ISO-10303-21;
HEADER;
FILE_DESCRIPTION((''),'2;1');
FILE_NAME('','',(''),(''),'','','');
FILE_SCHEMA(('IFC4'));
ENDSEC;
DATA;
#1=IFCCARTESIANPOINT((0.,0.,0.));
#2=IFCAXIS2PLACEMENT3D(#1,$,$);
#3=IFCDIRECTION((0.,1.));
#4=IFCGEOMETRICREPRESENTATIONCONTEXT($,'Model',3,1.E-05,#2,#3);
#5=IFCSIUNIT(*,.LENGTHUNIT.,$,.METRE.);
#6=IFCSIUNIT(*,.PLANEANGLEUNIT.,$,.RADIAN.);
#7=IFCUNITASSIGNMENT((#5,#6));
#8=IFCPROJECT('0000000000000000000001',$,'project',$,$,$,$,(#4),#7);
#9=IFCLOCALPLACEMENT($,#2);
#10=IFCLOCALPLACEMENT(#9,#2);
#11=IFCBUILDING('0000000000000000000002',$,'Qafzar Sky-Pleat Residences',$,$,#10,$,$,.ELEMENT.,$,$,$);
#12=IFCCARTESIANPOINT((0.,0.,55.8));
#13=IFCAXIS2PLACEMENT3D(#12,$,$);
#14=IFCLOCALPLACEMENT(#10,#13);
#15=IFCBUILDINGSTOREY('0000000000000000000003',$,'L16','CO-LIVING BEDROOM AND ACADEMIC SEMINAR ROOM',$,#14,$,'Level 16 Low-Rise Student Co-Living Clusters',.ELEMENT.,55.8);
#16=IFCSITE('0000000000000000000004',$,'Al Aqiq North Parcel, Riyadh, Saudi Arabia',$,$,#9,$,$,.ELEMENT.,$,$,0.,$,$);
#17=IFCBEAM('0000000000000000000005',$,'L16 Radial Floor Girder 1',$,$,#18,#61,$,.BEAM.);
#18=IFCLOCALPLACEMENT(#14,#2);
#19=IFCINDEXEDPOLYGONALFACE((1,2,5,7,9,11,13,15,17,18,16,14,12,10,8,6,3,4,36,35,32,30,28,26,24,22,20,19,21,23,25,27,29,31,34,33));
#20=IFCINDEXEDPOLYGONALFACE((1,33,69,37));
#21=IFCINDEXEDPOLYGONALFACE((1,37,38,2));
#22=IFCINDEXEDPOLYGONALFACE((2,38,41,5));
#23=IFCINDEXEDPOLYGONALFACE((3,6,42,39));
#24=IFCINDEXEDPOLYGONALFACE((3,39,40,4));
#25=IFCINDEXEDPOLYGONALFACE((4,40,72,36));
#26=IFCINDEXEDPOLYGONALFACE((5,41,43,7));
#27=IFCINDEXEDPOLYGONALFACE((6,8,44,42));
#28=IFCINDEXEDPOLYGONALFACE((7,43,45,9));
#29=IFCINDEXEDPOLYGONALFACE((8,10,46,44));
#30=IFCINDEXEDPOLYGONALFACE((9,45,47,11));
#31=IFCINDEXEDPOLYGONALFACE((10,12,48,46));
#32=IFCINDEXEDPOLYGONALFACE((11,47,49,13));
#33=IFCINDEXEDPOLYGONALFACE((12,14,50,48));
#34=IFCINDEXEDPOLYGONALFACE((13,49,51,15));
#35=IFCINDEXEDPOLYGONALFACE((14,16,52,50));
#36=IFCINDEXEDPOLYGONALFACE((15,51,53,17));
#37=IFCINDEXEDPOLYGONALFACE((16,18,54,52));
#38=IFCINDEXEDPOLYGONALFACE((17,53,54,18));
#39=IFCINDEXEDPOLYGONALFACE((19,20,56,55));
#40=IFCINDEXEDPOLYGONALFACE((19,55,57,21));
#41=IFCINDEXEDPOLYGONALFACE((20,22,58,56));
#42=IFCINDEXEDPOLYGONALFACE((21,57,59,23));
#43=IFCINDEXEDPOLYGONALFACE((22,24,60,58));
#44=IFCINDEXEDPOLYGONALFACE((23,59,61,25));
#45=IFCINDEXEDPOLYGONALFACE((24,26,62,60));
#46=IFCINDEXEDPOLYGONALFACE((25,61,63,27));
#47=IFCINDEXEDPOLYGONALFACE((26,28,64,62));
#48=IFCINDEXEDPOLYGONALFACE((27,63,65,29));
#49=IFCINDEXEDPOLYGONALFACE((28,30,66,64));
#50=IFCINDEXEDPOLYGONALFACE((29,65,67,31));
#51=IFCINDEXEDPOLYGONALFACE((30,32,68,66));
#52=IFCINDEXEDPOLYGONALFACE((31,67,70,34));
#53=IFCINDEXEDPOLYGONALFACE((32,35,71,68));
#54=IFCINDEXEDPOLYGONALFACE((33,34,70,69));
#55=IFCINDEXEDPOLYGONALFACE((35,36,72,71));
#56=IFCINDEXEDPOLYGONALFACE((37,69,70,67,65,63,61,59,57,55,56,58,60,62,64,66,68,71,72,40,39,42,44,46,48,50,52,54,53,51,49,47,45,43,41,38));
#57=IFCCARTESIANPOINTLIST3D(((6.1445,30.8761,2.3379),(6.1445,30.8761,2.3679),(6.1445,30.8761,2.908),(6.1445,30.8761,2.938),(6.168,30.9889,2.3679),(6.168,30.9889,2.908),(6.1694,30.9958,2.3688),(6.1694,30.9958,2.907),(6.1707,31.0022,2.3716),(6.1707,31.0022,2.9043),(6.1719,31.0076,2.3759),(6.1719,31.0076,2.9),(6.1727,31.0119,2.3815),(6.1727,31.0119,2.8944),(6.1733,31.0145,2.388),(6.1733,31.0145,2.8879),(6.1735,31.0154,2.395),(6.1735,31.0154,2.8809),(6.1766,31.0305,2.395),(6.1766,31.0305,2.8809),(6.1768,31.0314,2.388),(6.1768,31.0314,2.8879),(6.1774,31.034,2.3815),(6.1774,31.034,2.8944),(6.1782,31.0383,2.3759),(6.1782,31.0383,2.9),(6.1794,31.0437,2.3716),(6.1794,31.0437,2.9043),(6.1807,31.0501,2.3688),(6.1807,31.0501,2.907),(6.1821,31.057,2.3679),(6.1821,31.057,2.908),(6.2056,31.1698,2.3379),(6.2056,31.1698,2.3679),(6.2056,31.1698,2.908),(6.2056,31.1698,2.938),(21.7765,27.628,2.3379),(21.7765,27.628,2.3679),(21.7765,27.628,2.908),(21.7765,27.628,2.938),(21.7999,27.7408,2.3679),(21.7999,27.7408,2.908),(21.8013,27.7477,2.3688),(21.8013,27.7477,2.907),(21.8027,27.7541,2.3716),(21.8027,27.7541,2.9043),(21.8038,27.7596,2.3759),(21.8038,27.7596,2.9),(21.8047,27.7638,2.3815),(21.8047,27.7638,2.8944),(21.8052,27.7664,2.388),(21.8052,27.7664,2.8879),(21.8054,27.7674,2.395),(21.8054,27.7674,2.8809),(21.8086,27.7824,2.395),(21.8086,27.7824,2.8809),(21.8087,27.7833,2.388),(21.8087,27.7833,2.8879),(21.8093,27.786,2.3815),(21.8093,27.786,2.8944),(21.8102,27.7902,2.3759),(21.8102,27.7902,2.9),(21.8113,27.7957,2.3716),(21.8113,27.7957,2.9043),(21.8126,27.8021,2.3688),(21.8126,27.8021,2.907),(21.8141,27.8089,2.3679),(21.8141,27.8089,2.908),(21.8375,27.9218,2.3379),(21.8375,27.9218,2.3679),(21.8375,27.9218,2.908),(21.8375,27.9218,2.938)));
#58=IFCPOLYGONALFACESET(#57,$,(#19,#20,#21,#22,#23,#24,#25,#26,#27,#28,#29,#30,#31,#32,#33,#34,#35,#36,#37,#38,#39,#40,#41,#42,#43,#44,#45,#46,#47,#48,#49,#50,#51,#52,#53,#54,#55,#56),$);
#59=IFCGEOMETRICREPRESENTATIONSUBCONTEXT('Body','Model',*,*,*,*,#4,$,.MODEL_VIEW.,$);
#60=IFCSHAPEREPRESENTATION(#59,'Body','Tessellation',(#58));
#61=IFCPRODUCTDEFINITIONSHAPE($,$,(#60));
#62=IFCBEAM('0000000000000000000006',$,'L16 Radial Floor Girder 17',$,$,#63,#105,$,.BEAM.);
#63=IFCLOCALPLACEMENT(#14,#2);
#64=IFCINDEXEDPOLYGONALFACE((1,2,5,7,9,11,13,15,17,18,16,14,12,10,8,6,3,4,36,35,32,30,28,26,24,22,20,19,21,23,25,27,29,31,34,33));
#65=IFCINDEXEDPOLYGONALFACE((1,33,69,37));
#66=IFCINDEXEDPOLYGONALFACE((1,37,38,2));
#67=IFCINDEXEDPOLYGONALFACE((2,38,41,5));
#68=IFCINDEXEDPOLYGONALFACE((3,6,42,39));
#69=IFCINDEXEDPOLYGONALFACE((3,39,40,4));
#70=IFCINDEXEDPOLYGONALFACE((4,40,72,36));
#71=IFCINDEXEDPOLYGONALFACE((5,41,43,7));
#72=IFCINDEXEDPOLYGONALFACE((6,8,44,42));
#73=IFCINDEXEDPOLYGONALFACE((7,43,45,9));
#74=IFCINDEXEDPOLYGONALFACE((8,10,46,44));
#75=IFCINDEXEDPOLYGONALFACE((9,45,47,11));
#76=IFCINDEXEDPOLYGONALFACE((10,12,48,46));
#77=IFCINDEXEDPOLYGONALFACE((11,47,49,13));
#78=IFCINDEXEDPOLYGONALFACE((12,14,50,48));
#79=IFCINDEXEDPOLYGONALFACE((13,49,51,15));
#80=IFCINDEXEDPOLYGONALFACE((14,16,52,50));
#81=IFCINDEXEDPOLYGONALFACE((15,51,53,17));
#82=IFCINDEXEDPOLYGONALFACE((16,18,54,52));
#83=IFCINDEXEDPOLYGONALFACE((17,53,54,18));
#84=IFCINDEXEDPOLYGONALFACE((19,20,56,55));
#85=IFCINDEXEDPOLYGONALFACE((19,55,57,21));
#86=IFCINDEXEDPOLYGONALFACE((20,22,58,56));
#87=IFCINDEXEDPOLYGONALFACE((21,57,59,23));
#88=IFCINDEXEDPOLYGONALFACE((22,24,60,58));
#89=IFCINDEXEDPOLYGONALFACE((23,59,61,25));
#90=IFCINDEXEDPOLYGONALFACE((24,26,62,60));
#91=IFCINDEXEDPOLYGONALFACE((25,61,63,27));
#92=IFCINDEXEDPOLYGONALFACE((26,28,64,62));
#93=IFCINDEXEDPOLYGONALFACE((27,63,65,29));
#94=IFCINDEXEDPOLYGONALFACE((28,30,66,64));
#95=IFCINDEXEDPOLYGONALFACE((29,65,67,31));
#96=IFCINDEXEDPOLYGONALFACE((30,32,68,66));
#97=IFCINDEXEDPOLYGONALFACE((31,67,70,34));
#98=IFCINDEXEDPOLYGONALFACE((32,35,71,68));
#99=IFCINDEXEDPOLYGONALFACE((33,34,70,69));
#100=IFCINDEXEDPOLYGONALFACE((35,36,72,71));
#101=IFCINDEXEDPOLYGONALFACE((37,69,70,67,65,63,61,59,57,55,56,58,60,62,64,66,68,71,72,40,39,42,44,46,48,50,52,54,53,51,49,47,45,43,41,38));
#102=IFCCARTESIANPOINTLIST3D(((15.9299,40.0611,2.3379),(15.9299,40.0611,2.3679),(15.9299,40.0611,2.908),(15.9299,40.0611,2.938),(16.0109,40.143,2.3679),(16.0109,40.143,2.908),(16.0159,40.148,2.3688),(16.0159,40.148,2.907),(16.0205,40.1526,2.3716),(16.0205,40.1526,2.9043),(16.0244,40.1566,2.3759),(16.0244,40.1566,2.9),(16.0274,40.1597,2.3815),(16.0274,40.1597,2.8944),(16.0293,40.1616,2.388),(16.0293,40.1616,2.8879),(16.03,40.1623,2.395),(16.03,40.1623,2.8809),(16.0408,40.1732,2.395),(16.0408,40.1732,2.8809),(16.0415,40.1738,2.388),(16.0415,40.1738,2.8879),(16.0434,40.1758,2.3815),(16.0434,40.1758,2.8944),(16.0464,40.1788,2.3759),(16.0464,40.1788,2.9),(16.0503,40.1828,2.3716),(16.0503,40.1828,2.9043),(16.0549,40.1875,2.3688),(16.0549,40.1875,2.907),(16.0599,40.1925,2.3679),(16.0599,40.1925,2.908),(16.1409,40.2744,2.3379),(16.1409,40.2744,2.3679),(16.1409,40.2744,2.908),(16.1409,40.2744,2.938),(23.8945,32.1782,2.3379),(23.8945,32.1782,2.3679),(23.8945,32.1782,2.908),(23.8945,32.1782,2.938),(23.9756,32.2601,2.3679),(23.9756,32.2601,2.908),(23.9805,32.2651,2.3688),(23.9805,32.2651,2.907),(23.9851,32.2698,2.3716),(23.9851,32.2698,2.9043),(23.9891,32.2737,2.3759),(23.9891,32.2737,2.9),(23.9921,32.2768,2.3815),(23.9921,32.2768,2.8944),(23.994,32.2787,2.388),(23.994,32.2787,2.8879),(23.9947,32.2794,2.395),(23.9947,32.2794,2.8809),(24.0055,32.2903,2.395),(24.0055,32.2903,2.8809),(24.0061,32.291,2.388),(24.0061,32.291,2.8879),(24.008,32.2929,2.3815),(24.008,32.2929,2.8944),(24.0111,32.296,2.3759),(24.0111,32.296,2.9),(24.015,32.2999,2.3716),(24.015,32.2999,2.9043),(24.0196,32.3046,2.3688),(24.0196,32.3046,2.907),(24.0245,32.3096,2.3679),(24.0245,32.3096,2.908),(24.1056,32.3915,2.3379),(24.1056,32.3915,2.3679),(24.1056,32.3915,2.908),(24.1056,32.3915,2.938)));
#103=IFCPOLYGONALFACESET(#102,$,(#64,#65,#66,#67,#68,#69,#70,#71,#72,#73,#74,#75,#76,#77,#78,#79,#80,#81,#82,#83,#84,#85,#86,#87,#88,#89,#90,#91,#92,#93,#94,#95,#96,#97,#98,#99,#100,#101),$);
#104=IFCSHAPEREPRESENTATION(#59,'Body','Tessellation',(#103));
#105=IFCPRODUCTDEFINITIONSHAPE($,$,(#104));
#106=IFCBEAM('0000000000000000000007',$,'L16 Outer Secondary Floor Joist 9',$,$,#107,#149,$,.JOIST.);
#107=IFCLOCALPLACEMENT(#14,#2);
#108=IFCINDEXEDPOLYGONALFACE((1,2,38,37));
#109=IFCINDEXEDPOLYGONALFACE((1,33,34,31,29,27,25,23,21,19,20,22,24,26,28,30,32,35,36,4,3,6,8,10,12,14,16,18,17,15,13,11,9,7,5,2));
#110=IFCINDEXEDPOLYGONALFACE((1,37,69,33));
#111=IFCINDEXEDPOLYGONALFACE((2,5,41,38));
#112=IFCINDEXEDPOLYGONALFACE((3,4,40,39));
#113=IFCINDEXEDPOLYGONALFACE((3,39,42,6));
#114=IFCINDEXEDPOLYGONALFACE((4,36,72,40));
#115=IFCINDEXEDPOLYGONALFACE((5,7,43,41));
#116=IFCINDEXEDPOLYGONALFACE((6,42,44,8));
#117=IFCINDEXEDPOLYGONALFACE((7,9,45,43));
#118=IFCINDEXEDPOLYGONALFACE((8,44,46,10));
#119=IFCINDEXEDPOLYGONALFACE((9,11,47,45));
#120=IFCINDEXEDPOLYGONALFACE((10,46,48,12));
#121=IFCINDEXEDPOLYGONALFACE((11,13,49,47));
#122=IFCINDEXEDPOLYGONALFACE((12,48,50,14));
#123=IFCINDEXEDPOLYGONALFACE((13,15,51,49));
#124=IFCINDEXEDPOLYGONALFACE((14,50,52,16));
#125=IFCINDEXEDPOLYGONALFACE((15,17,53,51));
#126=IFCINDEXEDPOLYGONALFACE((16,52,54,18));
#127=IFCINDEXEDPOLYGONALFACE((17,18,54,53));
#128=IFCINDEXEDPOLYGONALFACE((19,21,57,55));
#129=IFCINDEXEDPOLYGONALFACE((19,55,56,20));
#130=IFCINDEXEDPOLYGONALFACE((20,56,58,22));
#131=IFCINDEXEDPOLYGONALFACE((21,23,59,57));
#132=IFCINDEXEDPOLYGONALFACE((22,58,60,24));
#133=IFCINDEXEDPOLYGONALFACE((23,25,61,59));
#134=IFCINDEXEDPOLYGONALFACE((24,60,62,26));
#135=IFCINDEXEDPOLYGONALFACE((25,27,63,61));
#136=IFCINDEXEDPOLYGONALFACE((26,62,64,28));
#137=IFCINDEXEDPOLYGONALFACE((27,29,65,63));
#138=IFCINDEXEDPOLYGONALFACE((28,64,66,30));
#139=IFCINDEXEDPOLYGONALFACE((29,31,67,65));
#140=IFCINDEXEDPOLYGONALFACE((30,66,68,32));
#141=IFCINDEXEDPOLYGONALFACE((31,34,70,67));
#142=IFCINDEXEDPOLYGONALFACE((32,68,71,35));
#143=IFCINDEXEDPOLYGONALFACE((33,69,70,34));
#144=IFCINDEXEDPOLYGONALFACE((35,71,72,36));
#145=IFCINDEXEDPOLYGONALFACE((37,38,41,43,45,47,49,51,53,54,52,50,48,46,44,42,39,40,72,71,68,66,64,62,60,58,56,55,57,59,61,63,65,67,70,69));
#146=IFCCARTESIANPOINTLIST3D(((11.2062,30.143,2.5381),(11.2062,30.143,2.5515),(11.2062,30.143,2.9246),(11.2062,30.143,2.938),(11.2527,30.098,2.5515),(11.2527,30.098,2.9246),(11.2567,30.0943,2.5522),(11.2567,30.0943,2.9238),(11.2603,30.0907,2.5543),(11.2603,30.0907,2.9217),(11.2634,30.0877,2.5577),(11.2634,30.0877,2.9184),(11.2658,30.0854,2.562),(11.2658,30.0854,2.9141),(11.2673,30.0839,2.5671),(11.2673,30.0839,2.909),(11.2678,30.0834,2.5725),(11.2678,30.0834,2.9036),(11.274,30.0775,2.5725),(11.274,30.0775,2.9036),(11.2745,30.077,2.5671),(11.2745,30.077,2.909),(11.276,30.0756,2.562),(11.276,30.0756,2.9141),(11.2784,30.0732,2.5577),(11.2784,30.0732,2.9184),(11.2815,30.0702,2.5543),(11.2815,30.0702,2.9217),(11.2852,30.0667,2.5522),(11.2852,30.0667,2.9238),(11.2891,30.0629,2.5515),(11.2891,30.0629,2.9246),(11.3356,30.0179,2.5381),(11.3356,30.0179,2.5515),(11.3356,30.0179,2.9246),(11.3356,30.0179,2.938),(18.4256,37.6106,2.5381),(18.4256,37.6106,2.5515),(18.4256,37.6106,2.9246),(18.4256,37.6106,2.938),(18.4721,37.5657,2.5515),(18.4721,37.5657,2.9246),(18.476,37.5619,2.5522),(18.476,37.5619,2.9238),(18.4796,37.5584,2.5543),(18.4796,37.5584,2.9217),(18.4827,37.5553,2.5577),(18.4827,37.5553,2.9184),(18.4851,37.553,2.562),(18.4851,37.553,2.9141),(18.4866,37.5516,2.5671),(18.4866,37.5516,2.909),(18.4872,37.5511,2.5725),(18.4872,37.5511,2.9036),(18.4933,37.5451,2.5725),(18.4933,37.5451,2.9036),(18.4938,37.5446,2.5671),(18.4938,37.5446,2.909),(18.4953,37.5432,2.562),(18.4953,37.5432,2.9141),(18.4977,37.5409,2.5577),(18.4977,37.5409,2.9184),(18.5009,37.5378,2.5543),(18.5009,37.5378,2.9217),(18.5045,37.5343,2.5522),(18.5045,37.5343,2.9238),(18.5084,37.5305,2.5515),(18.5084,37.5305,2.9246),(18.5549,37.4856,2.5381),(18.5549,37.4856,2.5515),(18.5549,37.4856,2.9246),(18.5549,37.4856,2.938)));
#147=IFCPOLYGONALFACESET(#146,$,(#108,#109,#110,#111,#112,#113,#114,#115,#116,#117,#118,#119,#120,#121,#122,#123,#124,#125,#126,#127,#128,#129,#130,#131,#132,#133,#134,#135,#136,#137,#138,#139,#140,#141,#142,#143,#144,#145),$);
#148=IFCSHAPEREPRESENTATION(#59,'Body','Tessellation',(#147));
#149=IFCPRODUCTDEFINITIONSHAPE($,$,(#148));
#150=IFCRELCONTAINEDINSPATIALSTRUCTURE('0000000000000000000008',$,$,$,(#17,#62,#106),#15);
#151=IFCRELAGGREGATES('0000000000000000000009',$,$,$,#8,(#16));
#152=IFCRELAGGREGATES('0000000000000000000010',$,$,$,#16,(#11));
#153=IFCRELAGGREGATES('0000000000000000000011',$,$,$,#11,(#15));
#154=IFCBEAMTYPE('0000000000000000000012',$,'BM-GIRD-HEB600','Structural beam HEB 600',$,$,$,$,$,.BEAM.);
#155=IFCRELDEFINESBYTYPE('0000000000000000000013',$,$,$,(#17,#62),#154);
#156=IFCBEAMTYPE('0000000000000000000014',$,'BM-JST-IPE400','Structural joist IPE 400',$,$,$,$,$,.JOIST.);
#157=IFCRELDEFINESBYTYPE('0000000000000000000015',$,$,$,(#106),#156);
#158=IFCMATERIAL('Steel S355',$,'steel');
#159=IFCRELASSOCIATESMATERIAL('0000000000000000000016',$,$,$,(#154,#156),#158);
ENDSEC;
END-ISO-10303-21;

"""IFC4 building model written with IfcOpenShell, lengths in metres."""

from ifc_helpers import new_model, si_unit, direction, frame, origin, origin_2d, place, context, subcontext, project, spatial, i_section, extrude, source, transform, mapped, material, material_profile, profile_set, type_object, element, save


model = new_model("IFC4")

# Units and contexts
model_context = context("Model", 3, precision=1e-05, world=origin(), true_north=direction((0.0, 1.0)))
body_context = subcontext(model_context, "Body", "Model", "MODEL_VIEW")
ifc_project = project(units=[si_unit("LENGTHUNIT", "METRE"), si_unit("PLANEANGLEUNIT", "RADIAN")], contexts=[model_context])

# Site, building, storey
site_placement = place(None, origin())
site = spatial("IfcSite", under=ifc_project, at=site_placement, Name="Al Aqiq North Parcel, Riyadh, Saudi Arabia", CompositionType="ELEMENT", RefElevation=0.0)
building_placement = place(site_placement, origin())
building = spatial("IfcBuilding", under=site, at=building_placement, Name="Qafzar Sky-Pleat Residences", CompositionType="ELEMENT")
storey_placement = place(building_placement, frame((0.0, 0.0, 55.8)))
storey = spatial("IfcBuildingStorey", under=building, at=storey_placement, Name="L16", Description="CO-LIVING BEDROOM AND ACADEMIC SEMINAR ROOM", LongName="Level 16 Low-Rise Student Co-Living Clusters", CompositionType="ELEMENT", Elevation=55.8)

# Beams
ifc_material_1 = material(Name="Steel S355", Category="steel")
ifc_material_profile_1 = material_profile(ifc_material_1, i_section(OverallWidth=0.3, OverallDepth=0.6001, WebThickness=0.0154, FlangeThickness=0.03, FilletRadius=0.0271, at=origin_2d()), Name="HEB 600")
ifc_profile_set_1 = profile_set([ifc_material_profile_1], Name="Steel S355")
beam_type_1 = type_object("IfcBeamType", Name="BM-GIRD-HEB600", Description="Structural beam HEB 600", PredefinedType="BEAM", material=ifc_profile_set_1)
shared_shape_1 = source(origin(), body_context, "Body", "SweptSolid", [
    extrude(i_section(OverallWidth=0.3, OverallDepth=0.6001, WebThickness=0.0154, FlangeThickness=0.03, FilletRadius=0.0271, at=origin_2d()), origin(), (0.0, 0.0, 1.0), 15.9658),
])
beam_1_placement = place(storey_placement, frame((6.175, 31.0229, 2.6379), z_axis=(0.979088, -0.203439, 0.0), x_axis=(0.203439, 0.979088, 0.0)))
element("IfcBeam", 1, at=beam_1_placement, inside=storey, type_object=beam_type_1, Name="L16 Radial Floor Girder 1", PredefinedType="BEAM", context=body_context, shape_type="MappedRepresentation", body=[
    mapped(shared_shape_1, transform((0.0, 0.0, 0.0), x_axis=(1.0, 0.0, 0.0), y_axis=(0.0, 1.0, 0.0), z_axis=(0.0, 0.0, 1.0), scale=1.0)),
])
shared_shape_2 = source(origin(), body_context, "Body", "SweptSolid", [
    extrude(i_section(OverallWidth=0.3, OverallDepth=0.6001, WebThickness=0.0154, FlangeThickness=0.03, FilletRadius=0.0271, at=origin_2d()), origin(), (0.0, 0.0, 1.0), 11.2061),
])
beam_2_placement = place(storey_placement, frame((16.0354, 40.1677, 2.6379), z_axis=(0.710747, -0.703448, 0.0), x_axis=(0.703448, 0.710747, 0.0)))
element("IfcBeam", 2, at=beam_2_placement, inside=storey, type_object=beam_type_1, Name="L16 Radial Floor Girder 17", PredefinedType="BEAM", context=body_context, shape_type="MappedRepresentation", body=[
    mapped(shared_shape_2, transform((0.0, 0.0, 0.0), x_axis=(1.0, 0.0, 0.0), y_axis=(0.0, 1.0, 0.0), z_axis=(0.0, 0.0, 1.0), scale=1.0)),
])
ifc_material_profile_2 = material_profile(ifc_material_1, i_section(OverallWidth=0.1799, OverallDepth=0.3999, WebThickness=0.0085, FlangeThickness=0.0134, FilletRadius=0.021, at=origin_2d()), Name="IPE 400")
ifc_profile_set_2 = profile_set([ifc_material_profile_2], Name="Steel S355")
beam_type_2 = type_object("IfcBeamType", Name="BM-JST-IPE400", Description="Structural joist IPE 400", PredefinedType="JOIST", material=ifc_profile_set_2)
shared_shape_3 = source(origin(), body_context, "Body", "SweptSolid", [
    extrude(i_section(OverallWidth=0.1799, OverallDepth=0.3999, WebThickness=0.0085, FlangeThickness=0.0134, FilletRadius=0.021, at=origin_2d()), origin(), (0.0, 0.0, 1.0), 10.3867),
])
beam_3_placement = place(storey_placement, frame((18.4902, 37.5481, 2.738), z_axis=(-0.695053, -0.718958, 0.0), x_axis=(0.718958, -0.695053, 0.0)))
element("IfcBeam", 3, at=beam_3_placement, inside=storey, type_object=beam_type_2, Name="L16 Outer Secondary Floor Joist 9", PredefinedType="JOIST", context=body_context, shape_type="MappedRepresentation", body=[
    mapped(shared_shape_3, transform((0.0, 0.0, 0.0), x_axis=(1.0, 0.0, 0.0), y_axis=(0.0, 1.0, 0.0), z_axis=(0.0, 0.0, 1.0), scale=1.0)),
])

save(model, "model.ifc")
